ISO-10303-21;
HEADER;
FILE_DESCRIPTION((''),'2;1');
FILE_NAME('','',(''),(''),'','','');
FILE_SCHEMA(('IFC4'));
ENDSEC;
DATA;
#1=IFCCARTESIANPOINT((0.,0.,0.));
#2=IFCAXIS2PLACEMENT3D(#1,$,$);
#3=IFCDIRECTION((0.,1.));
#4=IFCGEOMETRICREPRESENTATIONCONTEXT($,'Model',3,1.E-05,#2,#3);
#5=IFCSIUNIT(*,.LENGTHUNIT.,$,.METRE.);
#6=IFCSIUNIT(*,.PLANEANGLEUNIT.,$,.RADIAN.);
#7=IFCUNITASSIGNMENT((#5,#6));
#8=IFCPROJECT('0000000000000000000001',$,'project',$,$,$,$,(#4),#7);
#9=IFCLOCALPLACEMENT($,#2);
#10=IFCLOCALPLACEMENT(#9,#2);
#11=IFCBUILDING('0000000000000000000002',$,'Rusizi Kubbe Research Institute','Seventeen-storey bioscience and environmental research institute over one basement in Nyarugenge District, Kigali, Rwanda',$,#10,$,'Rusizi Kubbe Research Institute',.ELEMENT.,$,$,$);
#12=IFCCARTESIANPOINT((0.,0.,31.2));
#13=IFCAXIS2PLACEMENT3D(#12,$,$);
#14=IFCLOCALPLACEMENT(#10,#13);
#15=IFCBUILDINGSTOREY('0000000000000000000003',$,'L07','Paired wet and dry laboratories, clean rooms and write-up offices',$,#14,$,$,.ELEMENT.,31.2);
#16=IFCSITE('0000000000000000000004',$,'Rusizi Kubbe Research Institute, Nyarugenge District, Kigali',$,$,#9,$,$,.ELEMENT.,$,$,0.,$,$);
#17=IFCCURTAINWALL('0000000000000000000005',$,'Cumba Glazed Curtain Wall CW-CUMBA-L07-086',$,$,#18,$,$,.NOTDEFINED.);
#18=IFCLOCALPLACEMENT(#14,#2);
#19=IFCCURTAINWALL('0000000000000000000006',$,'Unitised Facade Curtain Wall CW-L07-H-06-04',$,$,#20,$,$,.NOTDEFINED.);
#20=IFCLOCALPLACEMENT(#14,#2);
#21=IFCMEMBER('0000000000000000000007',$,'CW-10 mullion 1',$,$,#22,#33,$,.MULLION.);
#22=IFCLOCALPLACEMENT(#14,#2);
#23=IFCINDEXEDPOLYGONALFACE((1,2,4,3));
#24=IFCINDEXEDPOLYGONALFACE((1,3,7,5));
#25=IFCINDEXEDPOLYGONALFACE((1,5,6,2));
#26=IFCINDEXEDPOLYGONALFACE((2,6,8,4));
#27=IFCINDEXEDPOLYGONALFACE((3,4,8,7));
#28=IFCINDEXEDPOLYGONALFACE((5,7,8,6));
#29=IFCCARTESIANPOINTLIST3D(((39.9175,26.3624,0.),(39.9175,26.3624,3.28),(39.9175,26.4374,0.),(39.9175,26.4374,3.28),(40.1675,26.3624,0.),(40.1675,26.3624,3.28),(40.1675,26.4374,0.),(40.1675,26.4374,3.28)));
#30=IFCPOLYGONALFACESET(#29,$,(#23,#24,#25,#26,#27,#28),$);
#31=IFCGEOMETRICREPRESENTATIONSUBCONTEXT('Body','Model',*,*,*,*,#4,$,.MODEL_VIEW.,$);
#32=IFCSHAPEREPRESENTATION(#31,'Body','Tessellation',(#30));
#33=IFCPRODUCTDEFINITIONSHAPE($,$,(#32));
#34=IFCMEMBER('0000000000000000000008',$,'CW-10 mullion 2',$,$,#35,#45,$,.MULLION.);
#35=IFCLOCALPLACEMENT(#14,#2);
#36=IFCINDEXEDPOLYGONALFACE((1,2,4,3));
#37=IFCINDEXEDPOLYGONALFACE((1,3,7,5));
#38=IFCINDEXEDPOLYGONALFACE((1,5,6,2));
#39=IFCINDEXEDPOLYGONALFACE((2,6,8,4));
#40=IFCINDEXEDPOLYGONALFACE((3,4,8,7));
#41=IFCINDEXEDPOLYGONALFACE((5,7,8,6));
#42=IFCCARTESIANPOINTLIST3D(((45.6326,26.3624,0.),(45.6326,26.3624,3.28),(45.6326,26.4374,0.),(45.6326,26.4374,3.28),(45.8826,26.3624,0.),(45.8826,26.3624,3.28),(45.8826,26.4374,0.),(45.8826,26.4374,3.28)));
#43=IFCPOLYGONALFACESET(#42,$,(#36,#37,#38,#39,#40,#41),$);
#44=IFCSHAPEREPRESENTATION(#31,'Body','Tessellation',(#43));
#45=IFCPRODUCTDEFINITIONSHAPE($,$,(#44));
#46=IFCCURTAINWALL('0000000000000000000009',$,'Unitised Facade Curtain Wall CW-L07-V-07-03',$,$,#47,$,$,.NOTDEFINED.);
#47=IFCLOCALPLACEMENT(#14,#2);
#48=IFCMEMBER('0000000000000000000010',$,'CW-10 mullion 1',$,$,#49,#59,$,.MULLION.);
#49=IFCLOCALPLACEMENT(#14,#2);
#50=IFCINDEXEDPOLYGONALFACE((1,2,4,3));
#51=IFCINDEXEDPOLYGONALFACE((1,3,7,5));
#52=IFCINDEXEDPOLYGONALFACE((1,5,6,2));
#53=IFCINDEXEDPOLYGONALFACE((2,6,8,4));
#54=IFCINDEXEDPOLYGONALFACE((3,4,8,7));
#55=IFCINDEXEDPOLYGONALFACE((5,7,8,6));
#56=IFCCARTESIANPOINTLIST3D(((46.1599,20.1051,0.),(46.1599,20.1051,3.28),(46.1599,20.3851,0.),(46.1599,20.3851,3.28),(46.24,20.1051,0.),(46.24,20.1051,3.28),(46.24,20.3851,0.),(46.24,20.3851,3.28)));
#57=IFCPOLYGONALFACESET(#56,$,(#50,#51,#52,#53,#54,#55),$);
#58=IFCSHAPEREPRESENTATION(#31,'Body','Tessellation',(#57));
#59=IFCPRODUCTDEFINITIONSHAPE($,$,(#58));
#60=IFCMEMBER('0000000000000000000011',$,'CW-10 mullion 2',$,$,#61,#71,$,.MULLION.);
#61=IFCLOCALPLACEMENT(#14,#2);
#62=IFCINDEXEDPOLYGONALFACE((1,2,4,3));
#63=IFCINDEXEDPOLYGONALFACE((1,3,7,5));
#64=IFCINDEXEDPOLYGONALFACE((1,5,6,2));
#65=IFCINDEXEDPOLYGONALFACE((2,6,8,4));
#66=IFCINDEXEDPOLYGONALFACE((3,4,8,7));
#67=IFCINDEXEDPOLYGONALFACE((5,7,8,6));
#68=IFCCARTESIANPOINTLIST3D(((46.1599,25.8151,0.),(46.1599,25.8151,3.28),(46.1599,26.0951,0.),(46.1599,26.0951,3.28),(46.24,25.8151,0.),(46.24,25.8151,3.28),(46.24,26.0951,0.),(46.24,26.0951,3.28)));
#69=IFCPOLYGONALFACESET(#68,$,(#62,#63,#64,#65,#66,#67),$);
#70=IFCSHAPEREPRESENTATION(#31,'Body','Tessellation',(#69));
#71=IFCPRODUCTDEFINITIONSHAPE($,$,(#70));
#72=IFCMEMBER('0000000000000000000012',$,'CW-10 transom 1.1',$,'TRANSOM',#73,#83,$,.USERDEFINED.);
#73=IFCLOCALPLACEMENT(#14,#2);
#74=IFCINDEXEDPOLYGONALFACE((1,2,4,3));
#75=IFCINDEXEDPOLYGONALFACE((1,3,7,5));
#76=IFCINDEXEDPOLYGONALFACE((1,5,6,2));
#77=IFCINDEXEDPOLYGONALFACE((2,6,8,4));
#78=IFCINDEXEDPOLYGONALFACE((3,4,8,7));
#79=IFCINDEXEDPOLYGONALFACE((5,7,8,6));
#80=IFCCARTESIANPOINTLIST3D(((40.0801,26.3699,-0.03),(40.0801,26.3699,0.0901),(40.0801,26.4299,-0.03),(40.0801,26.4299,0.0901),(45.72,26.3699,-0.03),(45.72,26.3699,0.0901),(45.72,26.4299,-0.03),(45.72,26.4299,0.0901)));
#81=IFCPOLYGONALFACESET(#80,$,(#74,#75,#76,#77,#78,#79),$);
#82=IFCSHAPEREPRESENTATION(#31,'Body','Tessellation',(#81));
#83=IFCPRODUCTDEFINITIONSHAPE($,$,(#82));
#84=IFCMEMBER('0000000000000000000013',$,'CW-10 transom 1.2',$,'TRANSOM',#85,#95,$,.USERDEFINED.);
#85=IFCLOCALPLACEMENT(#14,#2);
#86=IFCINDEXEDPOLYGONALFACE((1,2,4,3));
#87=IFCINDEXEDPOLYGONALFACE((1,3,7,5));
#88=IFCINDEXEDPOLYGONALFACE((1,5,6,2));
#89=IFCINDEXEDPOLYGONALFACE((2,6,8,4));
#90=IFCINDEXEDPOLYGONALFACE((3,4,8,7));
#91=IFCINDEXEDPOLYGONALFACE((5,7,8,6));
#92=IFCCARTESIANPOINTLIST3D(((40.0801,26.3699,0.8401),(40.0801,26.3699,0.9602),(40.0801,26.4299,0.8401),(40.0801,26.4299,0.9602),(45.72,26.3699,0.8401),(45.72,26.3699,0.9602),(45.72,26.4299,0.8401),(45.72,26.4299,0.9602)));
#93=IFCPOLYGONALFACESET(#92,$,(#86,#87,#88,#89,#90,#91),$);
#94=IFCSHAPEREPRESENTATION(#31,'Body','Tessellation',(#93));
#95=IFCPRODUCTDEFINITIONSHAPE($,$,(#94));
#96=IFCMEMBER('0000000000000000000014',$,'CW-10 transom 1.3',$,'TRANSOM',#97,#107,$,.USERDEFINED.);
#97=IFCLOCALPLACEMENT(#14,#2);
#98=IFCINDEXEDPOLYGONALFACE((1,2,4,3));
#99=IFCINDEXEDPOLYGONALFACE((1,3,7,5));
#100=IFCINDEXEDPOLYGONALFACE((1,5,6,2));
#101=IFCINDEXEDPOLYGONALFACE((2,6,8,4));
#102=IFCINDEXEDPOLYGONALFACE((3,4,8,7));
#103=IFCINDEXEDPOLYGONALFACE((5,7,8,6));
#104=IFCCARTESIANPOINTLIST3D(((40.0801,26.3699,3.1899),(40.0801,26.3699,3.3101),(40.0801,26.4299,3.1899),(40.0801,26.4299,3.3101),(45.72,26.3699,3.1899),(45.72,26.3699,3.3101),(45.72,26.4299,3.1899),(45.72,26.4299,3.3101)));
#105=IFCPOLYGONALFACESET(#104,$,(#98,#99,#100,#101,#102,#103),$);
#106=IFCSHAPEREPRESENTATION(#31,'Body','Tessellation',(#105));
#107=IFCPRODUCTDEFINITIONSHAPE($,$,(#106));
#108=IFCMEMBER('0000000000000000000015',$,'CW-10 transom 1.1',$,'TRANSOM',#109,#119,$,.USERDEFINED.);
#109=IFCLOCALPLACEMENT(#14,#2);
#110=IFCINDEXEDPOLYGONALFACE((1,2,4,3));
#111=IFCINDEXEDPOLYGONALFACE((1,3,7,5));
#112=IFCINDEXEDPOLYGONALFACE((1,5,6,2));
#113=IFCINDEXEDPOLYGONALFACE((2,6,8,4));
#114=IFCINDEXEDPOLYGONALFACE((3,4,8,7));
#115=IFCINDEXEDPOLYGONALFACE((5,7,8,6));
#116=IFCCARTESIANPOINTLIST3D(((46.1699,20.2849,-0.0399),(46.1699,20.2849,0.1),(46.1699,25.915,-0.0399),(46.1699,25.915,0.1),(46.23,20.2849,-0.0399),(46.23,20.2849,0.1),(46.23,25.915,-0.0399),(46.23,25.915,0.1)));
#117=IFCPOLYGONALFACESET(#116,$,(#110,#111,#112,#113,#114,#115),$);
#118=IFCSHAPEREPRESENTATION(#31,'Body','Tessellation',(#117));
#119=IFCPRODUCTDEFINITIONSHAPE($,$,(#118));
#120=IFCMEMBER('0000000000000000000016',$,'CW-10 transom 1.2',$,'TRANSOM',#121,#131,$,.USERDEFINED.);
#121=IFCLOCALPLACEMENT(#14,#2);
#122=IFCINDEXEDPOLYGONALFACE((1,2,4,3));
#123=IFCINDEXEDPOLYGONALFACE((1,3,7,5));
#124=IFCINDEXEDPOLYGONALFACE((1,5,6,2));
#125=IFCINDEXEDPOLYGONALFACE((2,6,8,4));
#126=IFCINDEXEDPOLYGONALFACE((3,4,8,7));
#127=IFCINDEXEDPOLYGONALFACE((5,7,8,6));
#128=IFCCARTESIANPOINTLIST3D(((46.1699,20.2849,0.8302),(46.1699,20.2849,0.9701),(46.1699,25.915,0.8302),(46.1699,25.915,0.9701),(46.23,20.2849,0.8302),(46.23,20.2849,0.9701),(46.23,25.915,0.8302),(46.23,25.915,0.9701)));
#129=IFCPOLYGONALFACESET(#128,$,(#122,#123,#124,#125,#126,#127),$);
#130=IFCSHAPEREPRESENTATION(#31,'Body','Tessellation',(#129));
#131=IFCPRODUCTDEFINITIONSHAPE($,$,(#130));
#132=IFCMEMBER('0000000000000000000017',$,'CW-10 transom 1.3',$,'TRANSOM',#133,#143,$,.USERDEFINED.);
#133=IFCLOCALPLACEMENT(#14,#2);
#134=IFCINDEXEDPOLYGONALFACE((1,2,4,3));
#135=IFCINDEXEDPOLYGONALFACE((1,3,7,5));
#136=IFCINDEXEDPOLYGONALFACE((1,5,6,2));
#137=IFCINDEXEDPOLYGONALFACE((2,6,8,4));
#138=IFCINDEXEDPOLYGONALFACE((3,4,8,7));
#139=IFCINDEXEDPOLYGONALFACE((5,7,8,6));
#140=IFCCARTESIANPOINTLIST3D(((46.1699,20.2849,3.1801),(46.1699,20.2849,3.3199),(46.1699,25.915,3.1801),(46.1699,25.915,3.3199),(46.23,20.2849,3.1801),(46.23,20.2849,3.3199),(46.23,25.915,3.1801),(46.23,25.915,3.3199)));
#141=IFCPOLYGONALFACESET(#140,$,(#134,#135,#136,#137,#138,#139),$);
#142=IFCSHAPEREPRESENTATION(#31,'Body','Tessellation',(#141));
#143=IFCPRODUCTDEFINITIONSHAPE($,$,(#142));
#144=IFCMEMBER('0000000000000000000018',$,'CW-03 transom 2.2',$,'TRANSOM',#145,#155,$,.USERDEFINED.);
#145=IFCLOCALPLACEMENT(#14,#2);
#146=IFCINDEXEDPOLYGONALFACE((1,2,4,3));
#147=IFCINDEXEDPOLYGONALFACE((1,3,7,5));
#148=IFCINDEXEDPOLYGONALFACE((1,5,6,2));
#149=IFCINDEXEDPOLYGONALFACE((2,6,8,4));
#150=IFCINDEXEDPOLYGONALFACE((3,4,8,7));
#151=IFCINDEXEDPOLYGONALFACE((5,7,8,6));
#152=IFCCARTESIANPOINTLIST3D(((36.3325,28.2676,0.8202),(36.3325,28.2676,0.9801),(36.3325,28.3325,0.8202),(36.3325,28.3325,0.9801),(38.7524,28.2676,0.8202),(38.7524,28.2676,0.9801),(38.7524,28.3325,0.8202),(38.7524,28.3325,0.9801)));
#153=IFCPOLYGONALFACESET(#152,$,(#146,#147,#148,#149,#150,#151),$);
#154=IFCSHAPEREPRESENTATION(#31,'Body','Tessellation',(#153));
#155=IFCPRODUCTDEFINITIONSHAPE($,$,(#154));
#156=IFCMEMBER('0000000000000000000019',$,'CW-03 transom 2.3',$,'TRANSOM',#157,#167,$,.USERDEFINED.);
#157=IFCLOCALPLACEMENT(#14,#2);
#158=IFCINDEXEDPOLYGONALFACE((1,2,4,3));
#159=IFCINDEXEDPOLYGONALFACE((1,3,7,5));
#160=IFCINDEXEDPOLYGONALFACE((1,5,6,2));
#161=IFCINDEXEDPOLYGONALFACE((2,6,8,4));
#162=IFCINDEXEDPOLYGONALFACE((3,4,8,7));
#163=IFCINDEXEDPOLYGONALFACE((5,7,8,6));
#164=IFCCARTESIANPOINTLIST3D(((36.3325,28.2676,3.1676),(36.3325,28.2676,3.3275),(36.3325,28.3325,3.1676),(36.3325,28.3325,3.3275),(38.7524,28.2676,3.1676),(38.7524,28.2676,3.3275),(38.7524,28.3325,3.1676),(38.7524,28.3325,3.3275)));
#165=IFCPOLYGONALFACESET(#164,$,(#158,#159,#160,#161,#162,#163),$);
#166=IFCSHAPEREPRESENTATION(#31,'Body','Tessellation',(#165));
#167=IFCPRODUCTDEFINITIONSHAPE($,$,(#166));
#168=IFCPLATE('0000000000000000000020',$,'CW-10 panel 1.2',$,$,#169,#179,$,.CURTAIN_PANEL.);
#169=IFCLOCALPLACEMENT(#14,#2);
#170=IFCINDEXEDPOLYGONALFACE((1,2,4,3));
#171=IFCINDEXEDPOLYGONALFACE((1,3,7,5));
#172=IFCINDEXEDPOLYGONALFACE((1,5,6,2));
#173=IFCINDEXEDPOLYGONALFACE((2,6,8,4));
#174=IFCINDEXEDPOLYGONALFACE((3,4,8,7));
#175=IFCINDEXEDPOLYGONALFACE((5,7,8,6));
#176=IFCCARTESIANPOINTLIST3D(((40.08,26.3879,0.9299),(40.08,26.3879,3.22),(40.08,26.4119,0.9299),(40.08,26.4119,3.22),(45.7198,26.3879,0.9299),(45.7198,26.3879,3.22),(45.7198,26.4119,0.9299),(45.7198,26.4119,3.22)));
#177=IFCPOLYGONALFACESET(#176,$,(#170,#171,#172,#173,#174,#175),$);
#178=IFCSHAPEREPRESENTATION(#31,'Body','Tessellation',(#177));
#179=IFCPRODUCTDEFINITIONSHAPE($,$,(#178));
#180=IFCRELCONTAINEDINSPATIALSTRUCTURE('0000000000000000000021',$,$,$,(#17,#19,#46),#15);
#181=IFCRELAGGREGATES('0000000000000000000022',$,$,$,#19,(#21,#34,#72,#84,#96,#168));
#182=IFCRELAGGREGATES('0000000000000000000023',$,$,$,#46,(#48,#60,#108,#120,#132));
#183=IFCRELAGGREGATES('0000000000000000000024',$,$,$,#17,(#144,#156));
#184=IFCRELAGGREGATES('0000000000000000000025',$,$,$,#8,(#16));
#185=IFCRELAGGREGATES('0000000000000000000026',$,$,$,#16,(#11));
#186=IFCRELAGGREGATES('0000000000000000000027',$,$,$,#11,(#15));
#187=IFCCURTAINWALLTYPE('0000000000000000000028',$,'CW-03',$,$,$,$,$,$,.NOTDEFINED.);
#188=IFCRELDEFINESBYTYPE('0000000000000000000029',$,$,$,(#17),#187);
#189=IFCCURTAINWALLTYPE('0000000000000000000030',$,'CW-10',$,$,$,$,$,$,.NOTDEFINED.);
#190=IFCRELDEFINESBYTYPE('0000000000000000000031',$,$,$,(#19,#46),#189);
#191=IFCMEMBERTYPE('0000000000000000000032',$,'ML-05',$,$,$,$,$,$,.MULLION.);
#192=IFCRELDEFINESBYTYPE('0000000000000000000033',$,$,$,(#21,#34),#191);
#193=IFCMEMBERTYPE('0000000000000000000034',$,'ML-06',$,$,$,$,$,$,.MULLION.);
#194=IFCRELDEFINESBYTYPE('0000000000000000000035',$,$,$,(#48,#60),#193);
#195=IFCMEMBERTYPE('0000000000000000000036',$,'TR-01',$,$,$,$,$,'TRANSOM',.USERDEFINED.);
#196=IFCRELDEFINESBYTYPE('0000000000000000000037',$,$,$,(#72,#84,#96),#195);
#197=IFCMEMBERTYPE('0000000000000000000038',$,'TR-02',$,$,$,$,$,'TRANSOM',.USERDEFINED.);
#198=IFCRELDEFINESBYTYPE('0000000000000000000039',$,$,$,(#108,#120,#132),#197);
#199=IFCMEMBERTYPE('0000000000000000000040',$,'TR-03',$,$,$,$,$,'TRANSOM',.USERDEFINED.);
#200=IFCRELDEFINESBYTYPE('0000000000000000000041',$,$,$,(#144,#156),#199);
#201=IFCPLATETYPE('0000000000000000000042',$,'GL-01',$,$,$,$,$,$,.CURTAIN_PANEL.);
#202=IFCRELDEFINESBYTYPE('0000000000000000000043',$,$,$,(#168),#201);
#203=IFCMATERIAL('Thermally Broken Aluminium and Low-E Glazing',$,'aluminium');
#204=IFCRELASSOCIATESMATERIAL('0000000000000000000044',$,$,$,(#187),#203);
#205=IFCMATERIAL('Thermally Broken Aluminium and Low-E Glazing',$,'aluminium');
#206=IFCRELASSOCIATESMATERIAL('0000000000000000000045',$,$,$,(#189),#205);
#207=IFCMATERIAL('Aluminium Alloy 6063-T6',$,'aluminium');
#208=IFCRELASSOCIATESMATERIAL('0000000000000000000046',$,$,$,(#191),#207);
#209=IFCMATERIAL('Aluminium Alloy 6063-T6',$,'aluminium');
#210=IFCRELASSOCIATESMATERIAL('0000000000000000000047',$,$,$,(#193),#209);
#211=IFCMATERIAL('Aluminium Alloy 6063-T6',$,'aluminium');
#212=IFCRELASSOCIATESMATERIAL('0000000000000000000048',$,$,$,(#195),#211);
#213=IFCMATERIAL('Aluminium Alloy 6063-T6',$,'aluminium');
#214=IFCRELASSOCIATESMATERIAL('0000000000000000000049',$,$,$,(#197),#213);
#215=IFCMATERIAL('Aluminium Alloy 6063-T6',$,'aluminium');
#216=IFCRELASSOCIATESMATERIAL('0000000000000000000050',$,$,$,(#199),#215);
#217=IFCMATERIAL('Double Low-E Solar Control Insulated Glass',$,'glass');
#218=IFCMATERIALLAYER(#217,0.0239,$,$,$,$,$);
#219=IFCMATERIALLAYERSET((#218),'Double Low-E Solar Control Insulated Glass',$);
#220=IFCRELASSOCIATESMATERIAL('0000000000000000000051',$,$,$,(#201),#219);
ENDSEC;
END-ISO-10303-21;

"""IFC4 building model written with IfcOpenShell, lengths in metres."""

from ifc_helpers import new_model, si_unit, direction, frame, origin, origin_2d, place, context, subcontext, project, spatial, rectangle, extrude, material, layer, layer_set, material_profile, profile_set, type_object, element, aggregate, save


model = new_model("IFC4")

# Units and contexts
model_context = context("Model", 3, precision=1e-05, world=origin(), true_north=direction((0.0, 1.0)))
body_context = subcontext(model_context, "Body", "Model", "MODEL_VIEW")
ifc_project = project(units=[si_unit("LENGTHUNIT", "METRE"), si_unit("PLANEANGLEUNIT", "RADIAN")], contexts=[model_context])

# Site, building, storey
site_placement = place(None, origin())
site = spatial("IfcSite", under=ifc_project, at=site_placement, Name="Rusizi Kubbe Research Institute, Nyarugenge District, Kigali", CompositionType="ELEMENT", RefElevation=0.0)
building_placement = place(site_placement, origin())
building = spatial("IfcBuilding", under=site, at=building_placement, Name="Rusizi Kubbe Research Institute", Description="Seventeen-storey bioscience and environmental research institute over one basement in Nyarugenge District, Kigali, Rwanda", LongName="Rusizi Kubbe Research Institute", CompositionType="ELEMENT")
storey_placement = place(building_placement, frame((0.0, 0.0, 31.2)))
storey = spatial("IfcBuildingStorey", under=building, at=storey_placement, Name="L07", Description="Paired wet and dry laboratories, clean rooms and write-up offices", CompositionType="ELEMENT", Elevation=31.2)

# Curtain wall
ifc_material_1 = material(Name="Thermally Broken Aluminium and Low-E Glazing", Category="aluminium")
curtain_wall_type_1 = type_object("IfcCurtainWallType", Name="CW-03", PredefinedType="NOTDEFINED", material=ifc_material_1)
curtain_wall_1_placement = place(storey_placement, origin())
curtain_wall_1 = element("IfcCurtainWall", 1, at=curtain_wall_1_placement, inside=storey, type_object=curtain_wall_type_1, Name="Cumba Glazed Curtain Wall CW-CUMBA-L07-086", PredefinedType="NOTDEFINED")

# Curtain walls, members
ifc_material_2 = material(Name="Thermally Broken Aluminium and Low-E Glazing", Category="aluminium")
curtain_wall_type_2 = type_object("IfcCurtainWallType", Name="CW-10", PredefinedType="NOTDEFINED", material=ifc_material_2)
curtain_wall_2_placement = place(storey_placement, origin())
curtain_wall_2 = element("IfcCurtainWall", 2, at=curtain_wall_2_placement, inside=storey, type_object=curtain_wall_type_2, Name="Unitised Facade Curtain Wall CW-L07-H-06-04", PredefinedType="NOTDEFINED")
ifc_material_3 = material(Name="Aluminium Alloy 6063-T6", Category="aluminium")
ifc_material_profile_1 = material_profile(ifc_material_3, rectangle(XDim=0.075, YDim=0.25, at=origin_2d()), Name="ALU-M 75x250")
ifc_profile_set_1 = profile_set([ifc_material_profile_1], Name="Aluminium Alloy 6063-T6")
member_type_1 = type_object("IfcMemberType", Name="ML-05", PredefinedType="MULLION", material=ifc_profile_set_1)
member_1_placement = place(storey_placement, frame((40.0425, 26.3999, 0.0), z_axis=(0.0, 0.0, 1.0), x_axis=(0.0, 1.0, 0.0)))
member_1 = element("IfcMember", 3, at=member_1_placement, type_object=member_type_1, Name="CW-10 mullion 1", PredefinedType="MULLION", context=body_context, shape_type="SweptSolid", body=[
    extrude(rectangle(XDim=0.075, YDim=0.25, at=origin_2d()), origin(), (0.0, 0.0, 1.0), 3.28),
])
member_2_placement = place(storey_placement, frame((45.7576, 26.3999, 0.0), z_axis=(0.0, 0.0, 1.0), x_axis=(0.0, 1.0, 0.0)))
member_2 = element("IfcMember", 4, at=member_2_placement, type_object=member_type_1, Name="CW-10 mullion 2", PredefinedType="MULLION", context=body_context, shape_type="SweptSolid", body=[
    extrude(rectangle(XDim=0.075, YDim=0.25, at=origin_2d()), origin(), (0.0, 0.0, 1.0), 3.28),
])
curtain_wall_3_placement = place(storey_placement, origin())
curtain_wall_3 = element("IfcCurtainWall", 5, at=curtain_wall_3_placement, inside=storey, type_object=curtain_wall_type_2, Name="Unitised Facade Curtain Wall CW-L07-V-07-03", PredefinedType="NOTDEFINED")
ifc_material_4 = material(Name="Aluminium Alloy 6063-T6", Category="aluminium")
ifc_material_profile_2 = material_profile(ifc_material_4, rectangle(XDim=0.0801, YDim=0.28, at=origin_2d()), Name="ALU-M 80x280")
ifc_profile_set_2 = profile_set([ifc_material_profile_2], Name="Aluminium Alloy 6063-T6")
member_type_2 = type_object("IfcMemberType", Name="ML-06", PredefinedType="MULLION", material=ifc_profile_set_2)
member_3_placement = place(storey_placement, frame((46.2, 20.2451, 0.0), z_axis=(0.0, 0.0, 1.0), x_axis=(-1.0, 0.0, 0.0)))
member_3 = element("IfcMember", 6, at=member_3_placement, type_object=member_type_2, Name="CW-10 mullion 1", PredefinedType="MULLION", context=body_context, shape_type="SweptSolid", body=[
    extrude(rectangle(XDim=0.0801, YDim=0.28, at=origin_2d()), origin(), (0.0, 0.0, 1.0), 3.28),
])
member_4_placement = place(storey_placement, frame((46.2, 25.9551, 0.0), z_axis=(0.0, 0.0, 1.0), x_axis=(-1.0, 0.0, 0.0)))
member_4 = element("IfcMember", 7, at=member_4_placement, type_object=member_type_2, Name="CW-10 mullion 2", PredefinedType="MULLION", context=body_context, shape_type="SweptSolid", body=[
    extrude(rectangle(XDim=0.0801, YDim=0.28, at=origin_2d()), origin(), (0.0, 0.0, 1.0), 3.28),
])

# Members
ifc_material_5 = material(Name="Aluminium Alloy 6063-T6", Category="aluminium")
ifc_material_profile_3 = material_profile(ifc_material_5, rectangle(XDim=0.0601, YDim=0.1201, at=origin_2d()), Name="ALU-T 60x120")
ifc_profile_set_3 = profile_set([ifc_material_profile_3], Name="Aluminium Alloy 6063-T6")
member_type_3 = type_object("IfcMemberType", Name="TR-01", ElementType="TRANSOM", PredefinedType="USERDEFINED", material=ifc_profile_set_3)
member_5_placement = place(storey_placement, frame((40.0801, 26.3999, 0.03), z_axis=(1.0, 0.0, 0.0), x_axis=(0.0, 1.0, 0.0)))
member_5 = element("IfcMember", 8, at=member_5_placement, type_object=member_type_3, Name="CW-10 transom 1.1", ObjectType="TRANSOM", PredefinedType="USERDEFINED", context=body_context, shape_type="SweptSolid", body=[
    extrude(rectangle(XDim=0.0601, YDim=0.1201, at=origin_2d()), origin(), (0.0, 0.0, 1.0), 5.6399),
])
member_6_placement = place(storey_placement, frame((40.0801, 26.3999, 0.9001), z_axis=(1.0, 0.0, 0.0), x_axis=(0.0, 1.0, 0.0)))
member_6 = element("IfcMember", 9, at=member_6_placement, type_object=member_type_3, Name="CW-10 transom 1.2", ObjectType="TRANSOM", PredefinedType="USERDEFINED", context=body_context, shape_type="SweptSolid", body=[
    extrude(rectangle(XDim=0.0601, YDim=0.1201, at=origin_2d()), origin(), (0.0, 0.0, 1.0), 5.6399),
])
member_7_placement = place(storey_placement, frame((40.0801, 26.3999, 3.25), z_axis=(1.0, 0.0, 0.0), x_axis=(0.0, 1.0, 0.0)))
member_7 = element("IfcMember", 10, at=member_7_placement, type_object=member_type_3, Name="CW-10 transom 1.3", ObjectType="TRANSOM", PredefinedType="USERDEFINED", context=body_context, shape_type="SweptSolid", body=[
    extrude(rectangle(XDim=0.0601, YDim=0.1201, at=origin_2d()), origin(), (0.0, 0.0, 1.0), 5.6399),
])
ifc_material_6 = material(Name="Aluminium Alloy 6063-T6", Category="aluminium")
ifc_material_profile_4 = material_profile(ifc_material_6, rectangle(XDim=0.0601, YDim=0.1399, at=origin_2d()), Name="ALU-T 60x140")
ifc_profile_set_4 = profile_set([ifc_material_profile_4], Name="Aluminium Alloy 6063-T6")
member_type_4 = type_object("IfcMemberType", Name="TR-02", ElementType="TRANSOM", PredefinedType="USERDEFINED", material=ifc_profile_set_4)
member_8_placement = place(storey_placement, frame((46.2, 20.2849, 0.03), z_axis=(0.0, 1.0, 0.0), x_axis=(-1.0, 0.0, 0.0)))
member_8 = element("IfcMember", 11, at=member_8_placement, type_object=member_type_4, Name="CW-10 transom 1.1", ObjectType="TRANSOM", PredefinedType="USERDEFINED", context=body_context, shape_type="SweptSolid", body=[
    extrude(rectangle(XDim=0.0601, YDim=0.1399, at=origin_2d()), origin(), (0.0, 0.0, 1.0), 5.6301),
])
member_9_placement = place(storey_placement, frame((46.2, 20.2849, 0.9001), z_axis=(0.0, 1.0, 0.0), x_axis=(-1.0, 0.0, 0.0)))
member_9 = element("IfcMember", 12, at=member_9_placement, type_object=member_type_4, Name="CW-10 transom 1.2", ObjectType="TRANSOM", PredefinedType="USERDEFINED", context=body_context, shape_type="SweptSolid", body=[
    extrude(rectangle(XDim=0.0601, YDim=0.1399, at=origin_2d()), origin(), (0.0, 0.0, 1.0), 5.6301),
])
member_10_placement = place(storey_placement, frame((46.2, 20.2849, 3.25), z_axis=(0.0, 1.0, 0.0), x_axis=(-1.0, 0.0, 0.0)))
member_10 = element("IfcMember", 13, at=member_10_placement, type_object=member_type_4, Name="CW-10 transom 1.3", ObjectType="TRANSOM", PredefinedType="USERDEFINED", context=body_context, shape_type="SweptSolid", body=[
    extrude(rectangle(XDim=0.0601, YDim=0.1399, at=origin_2d()), origin(), (0.0, 0.0, 1.0), 5.6301),
])
ifc_material_7 = material(Name="Aluminium Alloy 6063-T6", Category="aluminium")
ifc_material_profile_5 = material_profile(ifc_material_7, rectangle(XDim=0.0649, YDim=0.1599, at=origin_2d()), Name="ALU-T 65x160")
ifc_profile_set_5 = profile_set([ifc_material_profile_5], Name="Aluminium Alloy 6063-T6")
member_type_5 = type_object("IfcMemberType", Name="TR-03", ElementType="TRANSOM", PredefinedType="USERDEFINED", material=ifc_profile_set_5)
member_11_placement = place(storey_placement, frame((36.3325, 28.3, 0.9001), z_axis=(1.0, 0.0, 0.0), x_axis=(0.0, 1.0, 0.0)))
member_11 = element("IfcMember", 14, at=member_11_placement, type_object=member_type_5, Name="CW-03 transom 2.2", ObjectType="TRANSOM", PredefinedType="USERDEFINED", context=body_context, shape_type="SweptSolid", body=[
    extrude(rectangle(XDim=0.0649, YDim=0.1599, at=origin_2d()), origin(), (0.0, 0.0, 1.0), 2.4199),
])
member_12_placement = place(storey_placement, frame((36.3325, 28.3, 3.2476), z_axis=(1.0, 0.0, 0.0), x_axis=(0.0, 1.0, 0.0)))
member_12 = element("IfcMember", 15, at=member_12_placement, type_object=member_type_5, Name="CW-03 transom 2.3", ObjectType="TRANSOM", PredefinedType="USERDEFINED", context=body_context, shape_type="SweptSolid", body=[
    extrude(rectangle(XDim=0.0649, YDim=0.1599, at=origin_2d()), origin(), (0.0, 0.0, 1.0), 2.4199),
])

# Plate
ifc_material_8 = material(Name="Double Low-E Solar Control Insulated Glass", Category="glass")
ifc_layer_1 = layer(ifc_material_8, 0.0239)
ifc_layer_set_1 = layer_set([ifc_layer_1], Name="Double Low-E Solar Control Insulated Glass")
plate_type_1 = type_object("IfcPlateType", Name="GL-01", PredefinedType="CURTAIN_PANEL", material=ifc_layer_set_1)
plate_1_placement = place(storey_placement, frame((42.8999, 26.3999, 0.9299), z_axis=(0.0, 0.0, 1.0), x_axis=(1.0, 0.0, 0.0)))
plate_1 = element("IfcPlate", 16, at=plate_1_placement, type_object=plate_type_1, Name="CW-10 panel 1.2", PredefinedType="CURTAIN_PANEL", context=body_context, shape_type="SweptSolid", body=[
    extrude(rectangle(XDim=5.6399, YDim=0.0239, at=origin_2d()), origin(), (0.0, 0.0, 1.0), 2.29),
])
aggregate(curtain_wall_2, [member_1, member_2, member_5, member_6, member_7, plate_1])
aggregate(curtain_wall_3, [member_3, member_4, member_8, member_9, member_10])
aggregate(curtain_wall_1, [member_11, member_12])

save(model, "model.ifc")
